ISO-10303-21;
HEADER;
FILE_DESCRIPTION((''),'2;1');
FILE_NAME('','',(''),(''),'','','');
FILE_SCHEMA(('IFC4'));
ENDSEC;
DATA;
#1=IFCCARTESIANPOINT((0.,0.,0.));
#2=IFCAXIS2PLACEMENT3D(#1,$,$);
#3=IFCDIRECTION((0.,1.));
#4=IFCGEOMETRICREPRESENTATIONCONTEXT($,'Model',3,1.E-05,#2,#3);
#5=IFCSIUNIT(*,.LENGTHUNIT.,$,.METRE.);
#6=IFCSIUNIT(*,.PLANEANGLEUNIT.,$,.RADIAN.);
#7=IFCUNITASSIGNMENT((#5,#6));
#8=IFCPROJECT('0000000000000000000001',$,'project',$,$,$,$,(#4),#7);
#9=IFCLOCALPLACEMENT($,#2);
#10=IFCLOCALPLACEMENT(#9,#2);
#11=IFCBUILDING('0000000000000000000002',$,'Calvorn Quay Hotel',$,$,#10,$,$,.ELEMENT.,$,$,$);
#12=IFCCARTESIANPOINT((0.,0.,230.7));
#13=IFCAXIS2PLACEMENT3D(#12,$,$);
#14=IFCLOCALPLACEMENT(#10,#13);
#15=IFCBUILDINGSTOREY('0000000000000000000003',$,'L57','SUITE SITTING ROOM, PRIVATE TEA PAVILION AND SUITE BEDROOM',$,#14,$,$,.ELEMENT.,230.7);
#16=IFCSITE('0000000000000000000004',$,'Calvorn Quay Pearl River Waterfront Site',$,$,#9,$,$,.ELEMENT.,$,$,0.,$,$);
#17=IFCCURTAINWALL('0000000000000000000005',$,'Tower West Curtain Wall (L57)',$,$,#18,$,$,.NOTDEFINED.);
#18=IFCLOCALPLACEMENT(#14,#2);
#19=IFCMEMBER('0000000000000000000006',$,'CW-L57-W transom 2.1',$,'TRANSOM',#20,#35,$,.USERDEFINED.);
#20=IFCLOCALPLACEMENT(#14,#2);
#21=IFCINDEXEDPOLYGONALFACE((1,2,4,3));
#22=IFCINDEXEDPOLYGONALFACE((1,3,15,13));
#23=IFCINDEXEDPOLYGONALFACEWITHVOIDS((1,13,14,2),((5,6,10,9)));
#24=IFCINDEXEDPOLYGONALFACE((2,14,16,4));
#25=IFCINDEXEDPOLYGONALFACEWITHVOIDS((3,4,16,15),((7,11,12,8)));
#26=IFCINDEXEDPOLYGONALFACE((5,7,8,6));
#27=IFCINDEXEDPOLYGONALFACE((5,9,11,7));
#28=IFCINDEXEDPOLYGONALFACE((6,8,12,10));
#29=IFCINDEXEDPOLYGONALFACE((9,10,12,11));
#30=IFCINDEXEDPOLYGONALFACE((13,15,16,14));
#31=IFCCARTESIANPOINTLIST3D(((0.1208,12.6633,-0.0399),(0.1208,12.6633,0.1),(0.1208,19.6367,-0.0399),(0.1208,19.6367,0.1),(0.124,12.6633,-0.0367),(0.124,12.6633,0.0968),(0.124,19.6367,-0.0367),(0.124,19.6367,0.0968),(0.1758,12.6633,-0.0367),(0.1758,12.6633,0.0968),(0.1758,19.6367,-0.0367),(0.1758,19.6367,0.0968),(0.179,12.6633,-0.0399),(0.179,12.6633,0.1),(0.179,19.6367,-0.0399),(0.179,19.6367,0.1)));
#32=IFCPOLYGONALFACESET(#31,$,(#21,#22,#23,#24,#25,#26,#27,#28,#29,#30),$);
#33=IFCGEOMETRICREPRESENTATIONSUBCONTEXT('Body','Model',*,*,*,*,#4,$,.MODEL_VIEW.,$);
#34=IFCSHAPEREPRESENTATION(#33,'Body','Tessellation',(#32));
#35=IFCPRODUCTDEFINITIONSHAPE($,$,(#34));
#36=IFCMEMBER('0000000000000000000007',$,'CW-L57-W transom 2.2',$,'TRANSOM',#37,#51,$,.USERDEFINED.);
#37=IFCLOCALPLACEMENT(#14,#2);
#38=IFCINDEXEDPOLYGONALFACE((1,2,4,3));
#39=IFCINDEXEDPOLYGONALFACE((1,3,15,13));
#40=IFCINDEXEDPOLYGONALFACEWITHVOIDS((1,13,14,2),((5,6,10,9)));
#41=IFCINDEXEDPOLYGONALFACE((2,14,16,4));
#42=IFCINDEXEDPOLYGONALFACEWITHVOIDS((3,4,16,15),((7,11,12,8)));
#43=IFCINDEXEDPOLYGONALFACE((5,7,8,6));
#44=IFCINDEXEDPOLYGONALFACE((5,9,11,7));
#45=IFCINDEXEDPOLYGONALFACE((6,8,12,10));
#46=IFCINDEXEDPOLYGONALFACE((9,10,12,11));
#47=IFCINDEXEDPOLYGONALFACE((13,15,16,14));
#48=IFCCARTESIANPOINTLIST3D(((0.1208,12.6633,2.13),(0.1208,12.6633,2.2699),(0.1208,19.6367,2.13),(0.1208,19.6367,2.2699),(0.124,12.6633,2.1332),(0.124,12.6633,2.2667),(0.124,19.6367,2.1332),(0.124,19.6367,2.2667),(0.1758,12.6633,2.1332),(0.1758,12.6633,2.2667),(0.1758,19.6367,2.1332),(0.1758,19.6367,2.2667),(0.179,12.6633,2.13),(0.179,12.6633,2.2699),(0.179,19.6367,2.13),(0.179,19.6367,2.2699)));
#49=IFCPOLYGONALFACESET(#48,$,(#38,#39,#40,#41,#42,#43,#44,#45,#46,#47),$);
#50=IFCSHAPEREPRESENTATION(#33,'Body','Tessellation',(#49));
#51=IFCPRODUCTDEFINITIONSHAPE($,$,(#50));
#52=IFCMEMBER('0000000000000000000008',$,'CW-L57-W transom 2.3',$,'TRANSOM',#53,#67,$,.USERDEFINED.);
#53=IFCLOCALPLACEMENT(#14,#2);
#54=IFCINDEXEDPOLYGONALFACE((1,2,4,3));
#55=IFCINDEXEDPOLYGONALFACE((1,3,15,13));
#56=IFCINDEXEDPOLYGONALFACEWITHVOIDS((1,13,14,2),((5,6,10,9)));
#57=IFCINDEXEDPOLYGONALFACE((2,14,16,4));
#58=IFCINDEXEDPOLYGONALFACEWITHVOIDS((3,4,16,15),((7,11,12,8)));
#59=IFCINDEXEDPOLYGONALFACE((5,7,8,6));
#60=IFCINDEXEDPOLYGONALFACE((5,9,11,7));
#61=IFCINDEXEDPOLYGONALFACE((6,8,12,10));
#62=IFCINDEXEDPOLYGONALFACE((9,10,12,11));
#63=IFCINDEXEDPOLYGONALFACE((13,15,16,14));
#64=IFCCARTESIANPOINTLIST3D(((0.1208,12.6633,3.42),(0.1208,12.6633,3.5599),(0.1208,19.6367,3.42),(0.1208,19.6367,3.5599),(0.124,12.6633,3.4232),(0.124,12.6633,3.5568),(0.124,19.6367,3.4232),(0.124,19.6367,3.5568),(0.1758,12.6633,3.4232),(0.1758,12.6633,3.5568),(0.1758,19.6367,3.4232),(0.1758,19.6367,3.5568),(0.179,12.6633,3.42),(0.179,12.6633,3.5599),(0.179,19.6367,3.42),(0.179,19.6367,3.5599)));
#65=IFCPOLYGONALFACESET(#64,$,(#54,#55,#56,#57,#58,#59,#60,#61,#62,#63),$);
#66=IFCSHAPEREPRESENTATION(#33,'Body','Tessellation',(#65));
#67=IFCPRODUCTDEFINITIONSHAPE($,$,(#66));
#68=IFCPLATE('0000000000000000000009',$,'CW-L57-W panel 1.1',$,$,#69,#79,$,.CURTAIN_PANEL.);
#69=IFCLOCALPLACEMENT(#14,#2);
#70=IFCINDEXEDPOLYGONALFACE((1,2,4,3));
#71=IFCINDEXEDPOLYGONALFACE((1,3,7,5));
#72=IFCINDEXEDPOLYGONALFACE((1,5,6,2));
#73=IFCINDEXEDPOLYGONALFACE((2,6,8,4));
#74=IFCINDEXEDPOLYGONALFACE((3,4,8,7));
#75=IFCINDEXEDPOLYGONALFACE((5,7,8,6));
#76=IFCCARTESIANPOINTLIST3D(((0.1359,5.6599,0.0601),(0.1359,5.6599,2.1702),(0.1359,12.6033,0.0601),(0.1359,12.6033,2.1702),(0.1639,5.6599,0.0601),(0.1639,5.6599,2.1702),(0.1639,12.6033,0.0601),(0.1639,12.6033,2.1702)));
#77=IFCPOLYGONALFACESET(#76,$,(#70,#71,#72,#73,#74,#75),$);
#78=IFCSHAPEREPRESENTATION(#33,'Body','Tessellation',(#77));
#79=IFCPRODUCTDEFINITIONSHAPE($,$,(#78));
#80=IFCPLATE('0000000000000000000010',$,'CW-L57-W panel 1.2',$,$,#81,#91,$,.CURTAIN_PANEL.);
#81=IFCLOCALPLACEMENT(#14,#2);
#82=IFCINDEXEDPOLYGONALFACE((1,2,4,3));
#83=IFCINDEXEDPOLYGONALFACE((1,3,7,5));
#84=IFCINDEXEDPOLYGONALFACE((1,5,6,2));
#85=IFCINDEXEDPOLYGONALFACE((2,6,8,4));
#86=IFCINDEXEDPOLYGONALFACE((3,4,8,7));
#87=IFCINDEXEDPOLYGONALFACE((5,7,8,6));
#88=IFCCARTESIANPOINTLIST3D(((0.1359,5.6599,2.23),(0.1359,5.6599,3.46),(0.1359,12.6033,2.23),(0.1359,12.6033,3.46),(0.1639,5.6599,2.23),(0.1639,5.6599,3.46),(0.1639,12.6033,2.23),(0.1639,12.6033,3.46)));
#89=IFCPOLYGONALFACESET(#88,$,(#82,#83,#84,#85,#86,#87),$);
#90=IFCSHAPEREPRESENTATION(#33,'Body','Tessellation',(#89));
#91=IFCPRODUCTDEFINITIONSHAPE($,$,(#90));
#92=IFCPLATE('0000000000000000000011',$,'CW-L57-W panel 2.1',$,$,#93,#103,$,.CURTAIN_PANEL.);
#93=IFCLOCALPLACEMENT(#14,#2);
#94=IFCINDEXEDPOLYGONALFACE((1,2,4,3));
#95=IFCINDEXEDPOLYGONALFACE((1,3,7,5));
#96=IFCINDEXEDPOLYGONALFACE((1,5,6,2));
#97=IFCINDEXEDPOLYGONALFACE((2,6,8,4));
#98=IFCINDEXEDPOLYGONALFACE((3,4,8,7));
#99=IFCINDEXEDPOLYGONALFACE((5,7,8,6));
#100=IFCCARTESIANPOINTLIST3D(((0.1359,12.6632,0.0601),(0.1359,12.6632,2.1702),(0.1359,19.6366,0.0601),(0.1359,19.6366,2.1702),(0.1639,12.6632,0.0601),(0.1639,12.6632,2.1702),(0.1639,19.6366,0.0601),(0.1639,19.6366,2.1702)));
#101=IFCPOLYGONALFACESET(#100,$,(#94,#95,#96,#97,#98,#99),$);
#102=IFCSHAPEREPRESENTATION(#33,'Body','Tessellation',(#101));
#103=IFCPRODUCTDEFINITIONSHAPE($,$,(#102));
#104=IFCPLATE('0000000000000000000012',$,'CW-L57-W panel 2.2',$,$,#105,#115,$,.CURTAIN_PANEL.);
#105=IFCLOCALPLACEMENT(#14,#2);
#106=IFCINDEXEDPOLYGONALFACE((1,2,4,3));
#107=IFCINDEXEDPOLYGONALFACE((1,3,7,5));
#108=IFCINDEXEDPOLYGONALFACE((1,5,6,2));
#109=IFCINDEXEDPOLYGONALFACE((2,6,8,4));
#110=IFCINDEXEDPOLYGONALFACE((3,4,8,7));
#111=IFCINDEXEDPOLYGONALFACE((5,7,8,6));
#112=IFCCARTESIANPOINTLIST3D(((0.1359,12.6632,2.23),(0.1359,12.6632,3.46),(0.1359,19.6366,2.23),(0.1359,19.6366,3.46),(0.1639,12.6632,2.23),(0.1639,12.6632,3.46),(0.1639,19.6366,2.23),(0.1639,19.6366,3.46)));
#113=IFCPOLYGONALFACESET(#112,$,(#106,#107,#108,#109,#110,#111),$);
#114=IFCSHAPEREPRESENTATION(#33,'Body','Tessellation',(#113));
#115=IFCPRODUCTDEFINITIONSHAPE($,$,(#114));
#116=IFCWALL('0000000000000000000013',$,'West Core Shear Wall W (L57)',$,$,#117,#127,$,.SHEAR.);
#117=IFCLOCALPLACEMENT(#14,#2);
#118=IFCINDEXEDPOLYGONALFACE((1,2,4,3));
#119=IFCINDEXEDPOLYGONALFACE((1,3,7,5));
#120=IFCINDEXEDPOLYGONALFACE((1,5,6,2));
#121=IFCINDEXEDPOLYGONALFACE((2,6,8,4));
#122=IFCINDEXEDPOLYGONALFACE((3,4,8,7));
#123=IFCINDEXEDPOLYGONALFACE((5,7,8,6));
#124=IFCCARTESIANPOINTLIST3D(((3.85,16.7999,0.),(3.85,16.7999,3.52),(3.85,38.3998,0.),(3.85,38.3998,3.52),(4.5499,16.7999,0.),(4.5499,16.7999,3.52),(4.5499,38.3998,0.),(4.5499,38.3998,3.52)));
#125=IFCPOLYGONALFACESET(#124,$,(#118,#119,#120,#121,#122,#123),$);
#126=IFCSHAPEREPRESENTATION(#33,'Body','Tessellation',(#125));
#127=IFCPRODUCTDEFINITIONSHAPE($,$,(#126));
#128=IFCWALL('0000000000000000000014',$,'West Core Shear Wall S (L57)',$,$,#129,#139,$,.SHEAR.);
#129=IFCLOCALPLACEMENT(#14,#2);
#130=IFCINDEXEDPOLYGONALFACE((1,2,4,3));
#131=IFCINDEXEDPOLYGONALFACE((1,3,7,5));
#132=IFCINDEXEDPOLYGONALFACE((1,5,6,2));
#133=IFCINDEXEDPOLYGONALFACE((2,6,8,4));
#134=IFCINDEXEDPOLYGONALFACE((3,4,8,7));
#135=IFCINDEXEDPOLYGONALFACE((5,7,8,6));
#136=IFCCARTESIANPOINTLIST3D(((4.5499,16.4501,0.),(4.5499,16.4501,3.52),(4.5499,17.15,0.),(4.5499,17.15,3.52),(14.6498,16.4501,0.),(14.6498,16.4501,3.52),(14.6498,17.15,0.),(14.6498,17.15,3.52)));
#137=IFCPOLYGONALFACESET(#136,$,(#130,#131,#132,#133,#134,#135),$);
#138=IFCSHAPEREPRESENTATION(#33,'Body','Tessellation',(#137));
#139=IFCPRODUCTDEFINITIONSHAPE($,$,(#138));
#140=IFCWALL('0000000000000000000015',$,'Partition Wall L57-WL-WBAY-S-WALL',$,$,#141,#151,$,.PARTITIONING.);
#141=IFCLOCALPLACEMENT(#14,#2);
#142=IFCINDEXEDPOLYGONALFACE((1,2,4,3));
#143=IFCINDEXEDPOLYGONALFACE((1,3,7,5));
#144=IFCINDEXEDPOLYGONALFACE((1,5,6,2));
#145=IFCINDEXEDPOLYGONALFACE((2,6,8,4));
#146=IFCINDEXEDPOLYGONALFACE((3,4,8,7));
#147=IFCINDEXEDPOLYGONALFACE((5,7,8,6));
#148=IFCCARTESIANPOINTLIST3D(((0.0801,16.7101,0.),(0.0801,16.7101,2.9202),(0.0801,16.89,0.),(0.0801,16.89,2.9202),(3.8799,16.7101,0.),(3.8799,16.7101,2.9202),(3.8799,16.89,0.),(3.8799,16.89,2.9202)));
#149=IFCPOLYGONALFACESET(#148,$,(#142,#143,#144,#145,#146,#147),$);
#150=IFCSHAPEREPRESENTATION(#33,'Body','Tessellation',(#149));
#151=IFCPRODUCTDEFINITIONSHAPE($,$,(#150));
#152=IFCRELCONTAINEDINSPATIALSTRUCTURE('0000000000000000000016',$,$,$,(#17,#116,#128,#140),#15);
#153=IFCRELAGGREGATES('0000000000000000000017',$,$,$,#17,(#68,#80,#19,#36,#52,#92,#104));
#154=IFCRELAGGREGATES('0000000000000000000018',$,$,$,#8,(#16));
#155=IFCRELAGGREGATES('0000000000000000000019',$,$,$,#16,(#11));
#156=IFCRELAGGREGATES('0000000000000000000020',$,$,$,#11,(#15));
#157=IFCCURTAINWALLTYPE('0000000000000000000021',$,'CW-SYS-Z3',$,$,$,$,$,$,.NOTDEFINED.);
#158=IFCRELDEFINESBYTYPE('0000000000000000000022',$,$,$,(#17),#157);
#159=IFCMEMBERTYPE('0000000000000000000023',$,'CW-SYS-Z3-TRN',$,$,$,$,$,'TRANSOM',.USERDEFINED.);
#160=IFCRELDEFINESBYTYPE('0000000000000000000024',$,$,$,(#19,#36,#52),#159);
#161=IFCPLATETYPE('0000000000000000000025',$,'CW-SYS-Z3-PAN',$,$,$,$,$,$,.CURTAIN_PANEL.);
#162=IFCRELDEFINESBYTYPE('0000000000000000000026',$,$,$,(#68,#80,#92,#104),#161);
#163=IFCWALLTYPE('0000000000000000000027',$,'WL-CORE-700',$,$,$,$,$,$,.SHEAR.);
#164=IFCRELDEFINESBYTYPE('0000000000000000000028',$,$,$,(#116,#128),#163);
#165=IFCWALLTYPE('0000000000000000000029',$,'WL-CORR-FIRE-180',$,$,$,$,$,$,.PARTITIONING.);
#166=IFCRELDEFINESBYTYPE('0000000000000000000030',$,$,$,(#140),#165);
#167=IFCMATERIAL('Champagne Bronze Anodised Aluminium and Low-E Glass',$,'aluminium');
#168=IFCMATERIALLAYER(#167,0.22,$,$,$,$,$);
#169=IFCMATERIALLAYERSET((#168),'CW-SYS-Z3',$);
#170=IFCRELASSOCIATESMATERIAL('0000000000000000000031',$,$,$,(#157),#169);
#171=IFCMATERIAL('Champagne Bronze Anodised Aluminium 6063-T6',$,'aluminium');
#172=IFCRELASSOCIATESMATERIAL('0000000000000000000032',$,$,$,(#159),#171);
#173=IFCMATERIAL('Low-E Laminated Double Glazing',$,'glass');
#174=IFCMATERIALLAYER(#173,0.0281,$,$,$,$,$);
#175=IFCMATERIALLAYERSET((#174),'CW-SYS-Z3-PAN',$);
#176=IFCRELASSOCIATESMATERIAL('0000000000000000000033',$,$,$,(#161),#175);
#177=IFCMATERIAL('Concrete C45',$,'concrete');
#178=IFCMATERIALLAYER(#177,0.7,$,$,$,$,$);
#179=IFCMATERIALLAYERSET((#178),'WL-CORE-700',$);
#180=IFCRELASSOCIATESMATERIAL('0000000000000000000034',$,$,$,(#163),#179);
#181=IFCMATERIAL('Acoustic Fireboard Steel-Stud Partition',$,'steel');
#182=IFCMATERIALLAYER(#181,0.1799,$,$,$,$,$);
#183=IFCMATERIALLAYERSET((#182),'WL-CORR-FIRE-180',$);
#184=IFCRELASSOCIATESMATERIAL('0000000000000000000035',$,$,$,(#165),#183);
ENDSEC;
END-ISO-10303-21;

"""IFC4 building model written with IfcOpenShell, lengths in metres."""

from ifc_helpers import new_model, si_unit, direction, frame, frame_2d, origin, origin_2d, place, context, subcontext, project, spatial, rectangle, hollow_rectangle, extrude, material, layer, layer_set, material_profile, profile_set, type_object, element, aggregate, save


model = new_model("IFC4")

# Units and contexts
model_context = context("Model", 3, precision=1e-05, world=origin(), true_north=direction((0.0, 1.0)))
body_context = subcontext(model_context, "Body", "Model", "MODEL_VIEW")
ifc_project = project(units=[si_unit("LENGTHUNIT", "METRE"), si_unit("PLANEANGLEUNIT", "RADIAN")], contexts=[model_context])

# Site, building, storey
site_placement = place(None, origin())
site = spatial("IfcSite", under=ifc_project, at=site_placement, Name="Calvorn Quay Pearl River Waterfront Site", CompositionType="ELEMENT", RefElevation=0.0)
building_placement = place(site_placement, origin())
building = spatial("IfcBuilding", under=site, at=building_placement, Name="Calvorn Quay Hotel", CompositionType="ELEMENT")
storey_placement = place(building_placement, frame((0.0, 0.0, 230.7)))
storey = spatial("IfcBuildingStorey", under=building, at=storey_placement, Name="L57", Description="SUITE SITTING ROOM, PRIVATE TEA PAVILION AND SUITE BEDROOM", CompositionType="ELEMENT", Elevation=230.7)

# Curtain wall, members, plates
ifc_material_1 = material(Name="Champagne Bronze Anodised Aluminium and Low-E Glass", Category="aluminium")
ifc_layer_1 = layer(ifc_material_1, 0.22)
ifc_layer_set_1 = layer_set([ifc_layer_1], Name="CW-SYS-Z3")
curtain_wall_type = type_object("IfcCurtainWallType", Name="CW-SYS-Z3", PredefinedType="NOTDEFINED", material=ifc_layer_set_1)
curtain_wall_placement = place(storey_placement, origin())
curtain_wall = element("IfcCurtainWall", 1, at=curtain_wall_placement, inside=storey, type_object=curtain_wall_type, Name="Tower West Curtain Wall (L57)", PredefinedType="NOTDEFINED")
ifc_material_2 = material(Name="Champagne Bronze Anodised Aluminium 6063-T6", Category="aluminium")
ifc_material_profile_1 = material_profile(ifc_material_2, hollow_rectangle(XDim=0.0581, YDim=0.1399, WallThickness=0.0032, at=origin_2d()), Name="ALU-T140x58x3.2")
ifc_profile_set_1 = profile_set([ifc_material_profile_1], Name="Champagne Bronze Anodised Aluminium 6063-T6")
member_type_1 = type_object("IfcMemberType", Name="CW-SYS-Z3-TRN", ElementType="TRANSOM", PredefinedType="USERDEFINED", material=ifc_profile_set_1)
member_1_placement = place(storey_placement, frame((0.1499, 12.6633, 0.03), z_axis=(0.0, 1.0, 0.0), x_axis=(-1.0, 0.0, 0.0)))
member_1 = element("IfcMember", 2, at=member_1_placement, type_object=member_type_1, Name="CW-L57-W transom 2.1", ObjectType="TRANSOM", PredefinedType="USERDEFINED", context=body_context, shape_type="SweptSolid", body=[
    extrude(hollow_rectangle(XDim=0.0581, YDim=0.1399, WallThickness=0.0032, at=origin_2d()), origin(), (0.0, 0.0, 1.0), 6.9734),
])
member_2_placement = place(storey_placement, frame((0.1499, 12.6633, 2.2), z_axis=(0.0, 1.0, 0.0), x_axis=(-1.0, 0.0, 0.0)))
member_2 = element("IfcMember", 3, at=member_2_placement, type_object=member_type_1, Name="CW-L57-W transom 2.2", ObjectType="TRANSOM", PredefinedType="USERDEFINED", context=body_context, shape_type="SweptSolid", body=[
    extrude(hollow_rectangle(XDim=0.0581, YDim=0.1399, WallThickness=0.0032, at=origin_2d()), origin(), (0.0, 0.0, 1.0), 6.9734),
])
member_3_placement = place(storey_placement, frame((0.1499, 12.6633, 3.49), z_axis=(0.0, 1.0, 0.0), x_axis=(-1.0, 0.0, 0.0)))
member_3 = element("IfcMember", 4, at=member_3_placement, type_object=member_type_1, Name="CW-L57-W transom 2.3", ObjectType="TRANSOM", PredefinedType="USERDEFINED", context=body_context, shape_type="SweptSolid", body=[
    extrude(hollow_rectangle(XDim=0.0581, YDim=0.1399, WallThickness=0.0032, at=origin_2d()), origin(), (0.0, 0.0, 1.0), 6.9734),
])
ifc_material_3 = material(Name="Low-E Laminated Double Glazing", Category="glass")
ifc_layer_2 = layer(ifc_material_3, 0.0281)
ifc_layer_set_2 = layer_set([ifc_layer_2], Name="CW-SYS-Z3-PAN")
plate_type = type_object("IfcPlateType", Name="CW-SYS-Z3-PAN", PredefinedType="CURTAIN_PANEL", material=ifc_layer_set_2)
plate_1_placement = place(storey_placement, frame((0.1499, 9.1316, 0.0601), z_axis=(0.0, 0.0, 1.0), x_axis=(0.0, 1.0, 0.0)))
plate_1 = element("IfcPlate", 5, at=plate_1_placement, type_object=plate_type, Name="CW-L57-W panel 1.1", PredefinedType="CURTAIN_PANEL", context=body_context, shape_type="SweptSolid", body=[
    extrude(rectangle(XDim=6.9434, YDim=0.0281, at=origin_2d()), origin(), (0.0, 0.0, 1.0), 2.1101),
])
plate_2_placement = place(storey_placement, frame((0.1499, 9.1316, 2.23), z_axis=(0.0, 0.0, 1.0), x_axis=(0.0, 1.0, 0.0)))
plate_2 = element("IfcPlate", 6, at=plate_2_placement, type_object=plate_type, Name="CW-L57-W panel 1.2", PredefinedType="CURTAIN_PANEL", context=body_context, shape_type="SweptSolid", body=[
    extrude(rectangle(XDim=6.9434, YDim=0.0281, at=origin_2d()), origin(), (0.0, 0.0, 1.0), 1.23),
])
plate_3_placement = place(storey_placement, frame((0.1499, 16.1499, 0.0601), z_axis=(0.0, 0.0, 1.0), x_axis=(0.0, 1.0, 0.0)))
plate_3 = element("IfcPlate", 7, at=plate_3_placement, type_object=plate_type, Name="CW-L57-W panel 2.1", PredefinedType="CURTAIN_PANEL", context=body_context, shape_type="SweptSolid", body=[
    extrude(rectangle(XDim=6.9734, YDim=0.0281, at=origin_2d()), origin(), (0.0, 0.0, 1.0), 2.1101),
])
plate_4_placement = place(storey_placement, frame((0.1499, 16.1499, 2.23), z_axis=(0.0, 0.0, 1.0), x_axis=(0.0, 1.0, 0.0)))
plate_4 = element("IfcPlate", 8, at=plate_4_placement, type_object=plate_type, Name="CW-L57-W panel 2.2", PredefinedType="CURTAIN_PANEL", context=body_context, shape_type="SweptSolid", body=[
    extrude(rectangle(XDim=6.9734, YDim=0.0281, at=origin_2d()), origin(), (0.0, 0.0, 1.0), 1.23),
])
aggregate(curtain_wall, [plate_1, plate_2, member_1, member_2, member_3, plate_3, plate_4])

# Walls
ifc_material_4 = material(Name="Concrete C45", Category="concrete")
ifc_layer_3 = layer(ifc_material_4, 0.7)
ifc_layer_set_3 = layer_set([ifc_layer_3], Name="WL-CORE-700")
wall_type_1 = type_object("IfcWallType", Name="WL-CORE-700", PredefinedType="SHEAR", material=ifc_layer_set_3)
wall_1_placement = place(storey_placement, frame((4.2, 16.8, 0.0), z_axis=(0.0, 0.0, 1.0), x_axis=(0.0, 1.0, 0.0)))
element("IfcWall", 9, at=wall_1_placement, inside=storey, type_object=wall_type_1, Name="West Core Shear Wall W (L57)", PredefinedType="SHEAR", context=body_context, shape_type="SweptSolid", body=[
    extrude(rectangle(XDim=21.5999, YDim=0.7, at=frame_2d((10.7998, 0.0))), origin(), (0.0, 0.0, 1.0), 3.52),
])
wall_2_placement = place(storey_placement, frame((4.55, 16.8, 0.0), z_axis=(0.0, 0.0, 1.0), x_axis=(1.0, 0.0, 0.0)))
element("IfcWall", 10, at=wall_2_placement, inside=storey, type_object=wall_type_1, Name="West Core Shear Wall S (L57)", PredefinedType="SHEAR", context=body_context, shape_type="SweptSolid", body=[
    extrude(rectangle(XDim=10.0999, YDim=0.7, at=frame_2d((5.0498, 0.0))), origin(), (0.0, 0.0, 1.0), 3.52),
])
ifc_material_5 = material(Name="Acoustic Fireboard Steel-Stud Partition", Category="steel")
ifc_layer_4 = layer(ifc_material_5, 0.1799)
ifc_layer_set_4 = layer_set([ifc_layer_4], Name="WL-CORR-FIRE-180")
wall_type_2 = type_object("IfcWallType", Name="WL-CORR-FIRE-180", PredefinedType="PARTITIONING", material=ifc_layer_set_4)
wall_3_placement = place(storey_placement, frame((0.0801, 16.8, 0.0), z_axis=(0.0, 0.0, 1.0), x_axis=(1.0, 0.0, 0.0)))
element("IfcWall", 11, at=wall_3_placement, inside=storey, type_object=wall_type_2, Name="Partition Wall L57-WL-WBAY-S-WALL", PredefinedType="PARTITIONING", context=body_context, shape_type="SweptSolid", body=[
    extrude(rectangle(XDim=3.7998, YDim=0.1799, at=frame_2d((1.8999, 0.0))), origin(), (0.0, 0.0, 1.0), 2.9202),
])

save(model, "model.ifc")
